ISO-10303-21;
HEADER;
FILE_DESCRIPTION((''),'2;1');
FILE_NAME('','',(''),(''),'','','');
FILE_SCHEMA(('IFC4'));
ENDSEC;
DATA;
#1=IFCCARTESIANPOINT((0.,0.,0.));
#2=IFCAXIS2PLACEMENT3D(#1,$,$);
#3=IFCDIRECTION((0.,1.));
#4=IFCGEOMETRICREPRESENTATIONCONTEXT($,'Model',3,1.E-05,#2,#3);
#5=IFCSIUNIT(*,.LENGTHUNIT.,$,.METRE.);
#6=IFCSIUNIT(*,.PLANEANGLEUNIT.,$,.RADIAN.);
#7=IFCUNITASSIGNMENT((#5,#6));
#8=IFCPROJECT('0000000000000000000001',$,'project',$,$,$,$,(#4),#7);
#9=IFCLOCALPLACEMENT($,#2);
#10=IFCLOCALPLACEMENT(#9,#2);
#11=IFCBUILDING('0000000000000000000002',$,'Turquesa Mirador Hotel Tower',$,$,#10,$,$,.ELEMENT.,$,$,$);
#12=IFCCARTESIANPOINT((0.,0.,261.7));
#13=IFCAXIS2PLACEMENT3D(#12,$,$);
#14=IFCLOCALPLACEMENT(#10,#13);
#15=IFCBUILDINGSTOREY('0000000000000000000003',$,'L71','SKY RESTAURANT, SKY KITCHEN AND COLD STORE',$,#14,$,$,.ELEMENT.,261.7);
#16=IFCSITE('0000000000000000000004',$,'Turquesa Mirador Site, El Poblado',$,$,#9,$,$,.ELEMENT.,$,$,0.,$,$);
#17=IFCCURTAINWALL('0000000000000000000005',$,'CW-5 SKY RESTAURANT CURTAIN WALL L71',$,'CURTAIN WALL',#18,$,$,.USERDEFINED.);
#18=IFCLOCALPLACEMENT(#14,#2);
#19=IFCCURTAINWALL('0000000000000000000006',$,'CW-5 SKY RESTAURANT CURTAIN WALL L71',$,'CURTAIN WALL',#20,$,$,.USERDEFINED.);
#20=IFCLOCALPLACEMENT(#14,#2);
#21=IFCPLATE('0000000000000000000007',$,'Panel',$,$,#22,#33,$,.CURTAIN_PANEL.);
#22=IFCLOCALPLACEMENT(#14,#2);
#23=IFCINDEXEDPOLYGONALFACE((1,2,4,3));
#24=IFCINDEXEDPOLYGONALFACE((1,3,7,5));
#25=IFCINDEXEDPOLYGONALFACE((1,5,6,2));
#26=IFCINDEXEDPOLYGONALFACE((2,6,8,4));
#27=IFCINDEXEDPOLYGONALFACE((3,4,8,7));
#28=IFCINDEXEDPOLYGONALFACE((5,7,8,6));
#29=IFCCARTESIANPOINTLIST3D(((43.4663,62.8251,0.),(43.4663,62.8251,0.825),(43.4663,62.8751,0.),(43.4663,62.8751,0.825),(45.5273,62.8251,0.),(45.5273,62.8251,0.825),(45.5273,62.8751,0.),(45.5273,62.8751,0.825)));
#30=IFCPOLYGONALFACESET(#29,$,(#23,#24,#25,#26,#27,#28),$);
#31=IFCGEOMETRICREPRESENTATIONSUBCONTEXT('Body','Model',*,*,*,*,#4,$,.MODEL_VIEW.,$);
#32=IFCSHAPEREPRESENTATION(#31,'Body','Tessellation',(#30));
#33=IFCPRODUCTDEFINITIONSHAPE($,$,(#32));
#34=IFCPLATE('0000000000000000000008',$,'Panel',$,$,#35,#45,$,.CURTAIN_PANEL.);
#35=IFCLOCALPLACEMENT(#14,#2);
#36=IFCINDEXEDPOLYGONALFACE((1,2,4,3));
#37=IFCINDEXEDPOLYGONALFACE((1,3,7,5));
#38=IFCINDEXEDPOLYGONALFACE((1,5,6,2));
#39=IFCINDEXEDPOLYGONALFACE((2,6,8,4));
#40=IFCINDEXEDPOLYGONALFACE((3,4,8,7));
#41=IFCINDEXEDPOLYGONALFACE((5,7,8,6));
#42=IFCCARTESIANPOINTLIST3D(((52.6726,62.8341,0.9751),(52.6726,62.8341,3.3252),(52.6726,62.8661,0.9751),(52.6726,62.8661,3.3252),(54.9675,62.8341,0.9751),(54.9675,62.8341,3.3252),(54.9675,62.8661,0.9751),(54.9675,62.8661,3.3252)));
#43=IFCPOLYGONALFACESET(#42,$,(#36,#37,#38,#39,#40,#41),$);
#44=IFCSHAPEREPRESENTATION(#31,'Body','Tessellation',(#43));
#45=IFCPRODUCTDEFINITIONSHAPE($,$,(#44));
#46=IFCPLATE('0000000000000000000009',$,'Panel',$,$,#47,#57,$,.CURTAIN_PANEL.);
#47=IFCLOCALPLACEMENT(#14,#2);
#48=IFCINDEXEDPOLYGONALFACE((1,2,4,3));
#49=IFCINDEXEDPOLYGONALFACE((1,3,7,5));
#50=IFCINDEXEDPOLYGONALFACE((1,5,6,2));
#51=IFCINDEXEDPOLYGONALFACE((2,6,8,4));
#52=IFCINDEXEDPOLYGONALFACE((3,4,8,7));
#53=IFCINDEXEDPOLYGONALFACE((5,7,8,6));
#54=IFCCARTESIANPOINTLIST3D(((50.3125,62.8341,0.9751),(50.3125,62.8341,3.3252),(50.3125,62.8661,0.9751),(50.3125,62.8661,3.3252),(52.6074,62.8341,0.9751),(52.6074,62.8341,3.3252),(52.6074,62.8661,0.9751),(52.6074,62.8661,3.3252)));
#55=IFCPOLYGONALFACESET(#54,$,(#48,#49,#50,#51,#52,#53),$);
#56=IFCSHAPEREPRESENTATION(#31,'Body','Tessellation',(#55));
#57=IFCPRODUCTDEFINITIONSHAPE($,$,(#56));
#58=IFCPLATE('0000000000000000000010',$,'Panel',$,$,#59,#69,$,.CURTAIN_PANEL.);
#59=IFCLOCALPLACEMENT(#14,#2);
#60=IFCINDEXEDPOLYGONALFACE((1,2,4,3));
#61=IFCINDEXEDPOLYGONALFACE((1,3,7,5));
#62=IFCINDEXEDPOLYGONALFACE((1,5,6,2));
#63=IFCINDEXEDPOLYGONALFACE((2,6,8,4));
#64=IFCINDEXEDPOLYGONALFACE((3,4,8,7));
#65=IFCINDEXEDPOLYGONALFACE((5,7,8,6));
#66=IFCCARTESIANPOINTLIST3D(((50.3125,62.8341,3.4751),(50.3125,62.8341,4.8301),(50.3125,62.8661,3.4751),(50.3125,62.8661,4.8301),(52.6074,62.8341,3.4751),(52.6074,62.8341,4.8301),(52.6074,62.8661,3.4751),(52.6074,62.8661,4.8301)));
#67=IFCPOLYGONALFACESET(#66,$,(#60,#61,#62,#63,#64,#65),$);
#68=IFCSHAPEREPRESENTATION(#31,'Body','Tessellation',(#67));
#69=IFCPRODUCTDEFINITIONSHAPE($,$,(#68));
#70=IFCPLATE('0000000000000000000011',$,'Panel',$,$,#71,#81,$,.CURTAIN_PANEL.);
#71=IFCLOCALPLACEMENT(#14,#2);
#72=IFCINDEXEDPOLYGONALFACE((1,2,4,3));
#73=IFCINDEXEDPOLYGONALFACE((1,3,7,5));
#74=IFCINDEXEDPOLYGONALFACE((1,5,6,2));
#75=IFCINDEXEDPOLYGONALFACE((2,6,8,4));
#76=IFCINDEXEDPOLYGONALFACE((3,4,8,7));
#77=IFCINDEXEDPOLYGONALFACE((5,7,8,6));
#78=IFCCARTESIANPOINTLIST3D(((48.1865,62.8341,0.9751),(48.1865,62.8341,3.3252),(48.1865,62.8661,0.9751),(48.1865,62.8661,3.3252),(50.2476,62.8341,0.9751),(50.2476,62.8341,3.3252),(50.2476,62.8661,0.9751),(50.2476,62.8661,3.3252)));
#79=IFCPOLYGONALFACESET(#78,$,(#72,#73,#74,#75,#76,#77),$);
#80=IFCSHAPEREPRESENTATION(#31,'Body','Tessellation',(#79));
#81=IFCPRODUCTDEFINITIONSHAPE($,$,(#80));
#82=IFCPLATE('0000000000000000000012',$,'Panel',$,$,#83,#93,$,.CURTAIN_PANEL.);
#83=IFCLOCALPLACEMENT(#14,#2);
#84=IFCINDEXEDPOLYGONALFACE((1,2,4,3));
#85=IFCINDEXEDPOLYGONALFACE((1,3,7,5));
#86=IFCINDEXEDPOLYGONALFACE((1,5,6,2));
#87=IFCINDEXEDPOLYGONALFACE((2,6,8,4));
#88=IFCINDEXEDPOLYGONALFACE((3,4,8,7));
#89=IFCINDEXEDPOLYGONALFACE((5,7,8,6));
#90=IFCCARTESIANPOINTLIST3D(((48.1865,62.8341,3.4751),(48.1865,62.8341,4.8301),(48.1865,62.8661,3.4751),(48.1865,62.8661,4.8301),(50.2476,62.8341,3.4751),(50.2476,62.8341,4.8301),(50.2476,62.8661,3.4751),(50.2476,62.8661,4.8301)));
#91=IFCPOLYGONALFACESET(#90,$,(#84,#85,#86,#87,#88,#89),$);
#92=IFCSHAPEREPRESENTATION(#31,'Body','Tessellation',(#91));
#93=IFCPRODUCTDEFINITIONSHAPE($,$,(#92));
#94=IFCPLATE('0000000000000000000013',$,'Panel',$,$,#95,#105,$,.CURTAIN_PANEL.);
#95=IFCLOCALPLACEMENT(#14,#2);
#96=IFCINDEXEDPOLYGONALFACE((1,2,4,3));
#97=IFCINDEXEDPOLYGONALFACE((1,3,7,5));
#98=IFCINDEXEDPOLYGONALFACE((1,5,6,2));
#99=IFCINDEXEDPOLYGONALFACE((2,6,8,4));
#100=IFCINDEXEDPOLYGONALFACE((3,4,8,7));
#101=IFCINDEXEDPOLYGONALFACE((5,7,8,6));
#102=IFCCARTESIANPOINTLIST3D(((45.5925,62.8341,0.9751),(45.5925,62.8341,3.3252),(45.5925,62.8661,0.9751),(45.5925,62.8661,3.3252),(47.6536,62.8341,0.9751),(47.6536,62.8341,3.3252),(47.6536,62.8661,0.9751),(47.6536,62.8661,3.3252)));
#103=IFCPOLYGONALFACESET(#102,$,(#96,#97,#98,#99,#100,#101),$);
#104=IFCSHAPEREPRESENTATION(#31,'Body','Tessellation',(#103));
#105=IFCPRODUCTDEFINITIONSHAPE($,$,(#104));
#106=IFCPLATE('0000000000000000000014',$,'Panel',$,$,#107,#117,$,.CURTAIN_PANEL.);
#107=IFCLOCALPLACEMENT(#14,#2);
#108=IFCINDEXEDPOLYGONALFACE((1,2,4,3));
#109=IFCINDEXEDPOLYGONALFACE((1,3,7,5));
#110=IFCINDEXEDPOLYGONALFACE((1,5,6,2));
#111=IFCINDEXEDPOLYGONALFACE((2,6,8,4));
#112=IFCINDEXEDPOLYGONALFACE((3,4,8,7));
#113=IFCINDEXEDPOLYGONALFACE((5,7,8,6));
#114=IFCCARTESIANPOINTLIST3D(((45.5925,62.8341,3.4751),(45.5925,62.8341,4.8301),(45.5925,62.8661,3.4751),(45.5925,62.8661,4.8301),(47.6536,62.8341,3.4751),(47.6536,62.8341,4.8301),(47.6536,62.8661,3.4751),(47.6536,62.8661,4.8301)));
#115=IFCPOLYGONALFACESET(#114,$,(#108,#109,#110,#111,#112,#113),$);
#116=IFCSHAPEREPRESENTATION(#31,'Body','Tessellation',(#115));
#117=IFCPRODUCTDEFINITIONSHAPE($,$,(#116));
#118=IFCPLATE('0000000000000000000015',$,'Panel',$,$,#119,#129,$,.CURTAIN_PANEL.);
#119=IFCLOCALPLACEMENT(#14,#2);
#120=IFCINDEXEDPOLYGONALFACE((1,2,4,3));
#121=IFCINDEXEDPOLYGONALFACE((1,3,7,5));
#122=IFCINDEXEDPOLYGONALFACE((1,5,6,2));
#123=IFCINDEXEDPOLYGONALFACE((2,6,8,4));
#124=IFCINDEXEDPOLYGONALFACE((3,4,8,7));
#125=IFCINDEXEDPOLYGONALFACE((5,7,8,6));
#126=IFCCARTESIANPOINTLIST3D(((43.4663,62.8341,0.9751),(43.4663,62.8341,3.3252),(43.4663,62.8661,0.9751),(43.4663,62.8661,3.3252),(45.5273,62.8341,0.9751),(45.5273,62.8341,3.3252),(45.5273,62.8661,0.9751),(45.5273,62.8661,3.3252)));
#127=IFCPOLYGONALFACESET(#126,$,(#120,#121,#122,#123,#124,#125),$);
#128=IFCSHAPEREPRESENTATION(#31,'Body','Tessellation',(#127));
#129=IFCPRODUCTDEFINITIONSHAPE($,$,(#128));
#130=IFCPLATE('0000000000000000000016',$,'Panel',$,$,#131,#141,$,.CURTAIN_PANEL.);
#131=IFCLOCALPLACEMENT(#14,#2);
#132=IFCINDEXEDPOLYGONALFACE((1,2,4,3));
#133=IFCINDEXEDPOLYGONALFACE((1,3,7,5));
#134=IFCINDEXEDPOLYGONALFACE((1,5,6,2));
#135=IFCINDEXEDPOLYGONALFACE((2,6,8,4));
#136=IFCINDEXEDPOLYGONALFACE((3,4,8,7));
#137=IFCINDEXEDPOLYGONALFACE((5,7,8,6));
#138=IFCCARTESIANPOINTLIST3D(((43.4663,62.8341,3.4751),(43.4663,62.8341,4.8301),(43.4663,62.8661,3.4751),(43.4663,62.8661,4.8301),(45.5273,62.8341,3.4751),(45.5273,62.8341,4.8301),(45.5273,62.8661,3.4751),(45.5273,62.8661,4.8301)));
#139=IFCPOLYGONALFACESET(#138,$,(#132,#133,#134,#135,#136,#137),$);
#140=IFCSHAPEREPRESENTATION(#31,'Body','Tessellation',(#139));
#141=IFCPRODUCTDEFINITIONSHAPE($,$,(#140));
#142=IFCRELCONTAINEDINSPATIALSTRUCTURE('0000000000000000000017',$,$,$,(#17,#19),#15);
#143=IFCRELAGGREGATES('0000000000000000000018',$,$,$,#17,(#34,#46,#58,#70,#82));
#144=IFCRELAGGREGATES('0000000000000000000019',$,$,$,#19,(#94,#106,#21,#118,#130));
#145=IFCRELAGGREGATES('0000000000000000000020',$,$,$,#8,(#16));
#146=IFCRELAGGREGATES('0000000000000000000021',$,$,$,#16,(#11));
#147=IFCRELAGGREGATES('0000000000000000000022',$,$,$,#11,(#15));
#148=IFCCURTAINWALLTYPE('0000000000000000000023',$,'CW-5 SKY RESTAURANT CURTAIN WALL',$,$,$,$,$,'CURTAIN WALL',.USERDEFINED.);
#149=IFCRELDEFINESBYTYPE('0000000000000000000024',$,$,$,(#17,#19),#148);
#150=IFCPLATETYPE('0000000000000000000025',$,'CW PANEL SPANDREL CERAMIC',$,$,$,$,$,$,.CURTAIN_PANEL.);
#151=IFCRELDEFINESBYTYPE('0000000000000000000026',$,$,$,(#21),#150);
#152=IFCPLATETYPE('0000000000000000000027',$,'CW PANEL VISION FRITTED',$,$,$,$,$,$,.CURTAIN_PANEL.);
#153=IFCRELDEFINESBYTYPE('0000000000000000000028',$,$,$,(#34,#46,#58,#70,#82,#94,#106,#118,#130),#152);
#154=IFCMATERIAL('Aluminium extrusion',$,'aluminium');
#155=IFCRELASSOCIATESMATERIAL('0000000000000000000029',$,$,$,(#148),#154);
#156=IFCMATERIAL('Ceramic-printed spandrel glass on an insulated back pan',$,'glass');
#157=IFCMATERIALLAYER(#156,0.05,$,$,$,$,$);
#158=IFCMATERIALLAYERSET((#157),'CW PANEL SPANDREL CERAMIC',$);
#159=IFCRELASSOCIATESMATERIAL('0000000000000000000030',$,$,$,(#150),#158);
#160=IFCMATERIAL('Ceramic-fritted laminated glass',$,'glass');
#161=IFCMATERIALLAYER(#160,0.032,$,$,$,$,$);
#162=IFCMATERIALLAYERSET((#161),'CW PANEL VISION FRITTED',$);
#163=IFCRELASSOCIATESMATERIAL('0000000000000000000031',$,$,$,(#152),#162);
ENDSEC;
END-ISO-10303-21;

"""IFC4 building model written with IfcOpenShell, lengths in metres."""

from ifc_helpers import new_model, si_unit, direction, frame, origin, origin_2d, place, context, subcontext, project, spatial, rectangle, extrude, material, layer, layer_set, type_object, element, aggregate, save


model = new_model("IFC4")

# Units and contexts
model_context = context("Model", 3, precision=1e-05, world=origin(), true_north=direction((0.0, 1.0)))
body_context = subcontext(model_context, "Body", "Model", "MODEL_VIEW")
ifc_project = project(units=[si_unit("LENGTHUNIT", "METRE"), si_unit("PLANEANGLEUNIT", "RADIAN")], contexts=[model_context])

# Site, building, storey
site_placement = place(None, origin())
site = spatial("IfcSite", under=ifc_project, at=site_placement, Name="Turquesa Mirador Site, El Poblado", CompositionType="ELEMENT", RefElevation=0.0)
building_placement = place(site_placement, origin())
building = spatial("IfcBuilding", under=site, at=building_placement, Name="Turquesa Mirador Hotel Tower", CompositionType="ELEMENT")
storey_placement = place(building_placement, frame((0.0, 0.0, 261.7)))
storey = spatial("IfcBuildingStorey", under=building, at=storey_placement, Name="L71", Description="SKY RESTAURANT, SKY KITCHEN AND COLD STORE", CompositionType="ELEMENT", Elevation=261.7)

# Curtain walls
ifc_material_1 = material(Name="Aluminium extrusion", Category="aluminium")
curtain_wall_type = type_object("IfcCurtainWallType", Name="CW-5 SKY RESTAURANT CURTAIN WALL", ElementType="CURTAIN WALL", PredefinedType="USERDEFINED", material=ifc_material_1)
curtain_wall_1_placement = place(storey_placement, origin())
curtain_wall_1 = element("IfcCurtainWall", 1, at=curtain_wall_1_placement, inside=storey, type_object=curtain_wall_type, Name="CW-5 SKY RESTAURANT CURTAIN WALL L71", ObjectType="CURTAIN WALL", PredefinedType="USERDEFINED")
curtain_wall_2_placement = place(storey_placement, origin())
curtain_wall_2 = element("IfcCurtainWall", 2, at=curtain_wall_2_placement, inside=storey, type_object=curtain_wall_type, Name="CW-5 SKY RESTAURANT CURTAIN WALL L71", ObjectType="CURTAIN WALL", PredefinedType="USERDEFINED")

# Plates
ifc_material_2 = material(Name="Ceramic-printed spandrel glass on an insulated back pan", Category="glass")
ifc_layer_1 = layer(ifc_material_2, 0.05)
ifc_layer_set_1 = layer_set([ifc_layer_1], Name="CW PANEL SPANDREL CERAMIC")
plate_type_1 = type_object("IfcPlateType", Name="CW PANEL SPANDREL CERAMIC", PredefinedType="CURTAIN_PANEL", material=ifc_layer_set_1)
plate_1_placement = place(storey_placement, frame((44.4968, 62.8501, 0.0), z_axis=(0.0, 0.0, 1.0), x_axis=(-1.0, 0.0, 0.0)))
plate_1 = element("IfcPlate", 3, at=plate_1_placement, type_object=plate_type_1, Name="Panel", PredefinedType="CURTAIN_PANEL", context=body_context, shape_type="SweptSolid", body=[
    extrude(rectangle(XDim=2.061, YDim=0.05, at=origin_2d()), origin(), (0.0, 0.0, 1.0), 0.825),
])
ifc_material_3 = material(Name="Ceramic-fritted laminated glass", Category="glass")
ifc_layer_2 = layer(ifc_material_3, 0.032)
ifc_layer_set_2 = layer_set([ifc_layer_2], Name="CW PANEL VISION FRITTED")
plate_type_2 = type_object("IfcPlateType", Name="CW PANEL VISION FRITTED", PredefinedType="CURTAIN_PANEL", material=ifc_layer_set_2)
plate_2_placement = place(storey_placement, frame((53.8201, 62.8501, 0.9751), z_axis=(0.0, 0.0, 1.0), x_axis=(-1.0, 0.0, 0.0)))
plate_2 = element("IfcPlate", 4, at=plate_2_placement, type_object=plate_type_2, Name="Panel", PredefinedType="CURTAIN_PANEL", context=body_context, shape_type="SweptSolid", body=[
    extrude(rectangle(XDim=2.2949, YDim=0.032, at=origin_2d()), origin(), (0.0, 0.0, 1.0), 2.3501),
])
plate_3_placement = place(storey_placement, frame((51.46, 62.8501, 0.9751), z_axis=(0.0, 0.0, 1.0), x_axis=(-1.0, 0.0, 0.0)))
plate_3 = element("IfcPlate", 5, at=plate_3_placement, type_object=plate_type_2, Name="Panel", PredefinedType="CURTAIN_PANEL", context=body_context, shape_type="SweptSolid", body=[
    extrude(rectangle(XDim=2.2949, YDim=0.032, at=origin_2d()), origin(), (0.0, 0.0, 1.0), 2.3501),
])
plate_4_placement = place(storey_placement, frame((51.46, 62.8501, 3.4751), z_axis=(0.0, 0.0, 1.0), x_axis=(-1.0, 0.0, 0.0)))
plate_4 = element("IfcPlate", 6, at=plate_4_placement, type_object=plate_type_2, Name="Panel", PredefinedType="CURTAIN_PANEL", context=body_context, shape_type="SweptSolid", body=[
    extrude(rectangle(XDim=2.2949, YDim=0.032, at=origin_2d()), origin(), (0.0, 0.0, 1.0), 1.355),
])
plate_5_placement = place(storey_placement, frame((49.217, 62.8501, 0.9751), z_axis=(0.0, 0.0, 1.0), x_axis=(-1.0, 0.0, 0.0)))
plate_5 = element("IfcPlate", 7, at=plate_5_placement, type_object=plate_type_2, Name="Panel", PredefinedType="CURTAIN_PANEL", context=body_context, shape_type="SweptSolid", body=[
    extrude(rectangle(XDim=2.061, YDim=0.032, at=origin_2d()), origin(), (0.0, 0.0, 1.0), 2.3501),
])
plate_6_placement = place(storey_placement, frame((49.217, 62.8501, 3.4751), z_axis=(0.0, 0.0, 1.0), x_axis=(-1.0, 0.0, 0.0)))
plate_6 = element("IfcPlate", 8, at=plate_6_placement, type_object=plate_type_2, Name="Panel", PredefinedType="CURTAIN_PANEL", context=body_context, shape_type="SweptSolid", body=[
    extrude(rectangle(XDim=2.061, YDim=0.032, at=origin_2d()), origin(), (0.0, 0.0, 1.0), 1.355),
])
aggregate(curtain_wall_1, [plate_2, plate_3, plate_4, plate_5, plate_6])
plate_7_placement = place(storey_placement, frame((46.623, 62.8501, 0.9751), z_axis=(0.0, 0.0, 1.0), x_axis=(-1.0, 0.0, 0.0)))
plate_7 = element("IfcPlate", 9, at=plate_7_placement, type_object=plate_type_2, Name="Panel", PredefinedType="CURTAIN_PANEL", context=body_context, shape_type="SweptSolid", body=[
    extrude(rectangle(XDim=2.061, YDim=0.032, at=origin_2d()), origin(), (0.0, 0.0, 1.0), 2.3501),
])
plate_8_placement = place(storey_placement, frame((46.623, 62.8501, 3.4751), z_axis=(0.0, 0.0, 1.0), x_axis=(-1.0, 0.0, 0.0)))
plate_8 = element("IfcPlate", 10, at=plate_8_placement, type_object=plate_type_2, Name="Panel", PredefinedType="CURTAIN_PANEL", context=body_context, shape_type="SweptSolid", body=[
    extrude(rectangle(XDim=2.061, YDim=0.032, at=origin_2d()), origin(), (0.0, 0.0, 1.0), 1.355),
])
plate_9_placement = place(storey_placement, frame((44.4968, 62.8501, 0.9751), z_axis=(0.0, 0.0, 1.0), x_axis=(-1.0, 0.0, 0.0)))
plate_9 = element("IfcPlate", 11, at=plate_9_placement, type_object=plate_type_2, Name="Panel", PredefinedType="CURTAIN_PANEL", context=body_context, shape_type="SweptSolid", body=[
    extrude(rectangle(XDim=2.061, YDim=0.032, at=origin_2d()), origin(), (0.0, 0.0, 1.0), 2.3501),
])
plate_10_placement = place(storey_placement, frame((44.4968, 62.8501, 3.4751), z_axis=(0.0, 0.0, 1.0), x_axis=(-1.0, 0.0, 0.0)))
plate_10 = element("IfcPlate", 12, at=plate_10_placement, type_object=plate_type_2, Name="Panel", PredefinedType="CURTAIN_PANEL", context=body_context, shape_type="SweptSolid", body=[
    extrude(rectangle(XDim=2.061, YDim=0.032, at=origin_2d()), origin(), (0.0, 0.0, 1.0), 1.355),
])
aggregate(curtain_wall_2, [plate_7, plate_8, plate_1, plate_9, plate_10])

save(model, "model.ifc")
